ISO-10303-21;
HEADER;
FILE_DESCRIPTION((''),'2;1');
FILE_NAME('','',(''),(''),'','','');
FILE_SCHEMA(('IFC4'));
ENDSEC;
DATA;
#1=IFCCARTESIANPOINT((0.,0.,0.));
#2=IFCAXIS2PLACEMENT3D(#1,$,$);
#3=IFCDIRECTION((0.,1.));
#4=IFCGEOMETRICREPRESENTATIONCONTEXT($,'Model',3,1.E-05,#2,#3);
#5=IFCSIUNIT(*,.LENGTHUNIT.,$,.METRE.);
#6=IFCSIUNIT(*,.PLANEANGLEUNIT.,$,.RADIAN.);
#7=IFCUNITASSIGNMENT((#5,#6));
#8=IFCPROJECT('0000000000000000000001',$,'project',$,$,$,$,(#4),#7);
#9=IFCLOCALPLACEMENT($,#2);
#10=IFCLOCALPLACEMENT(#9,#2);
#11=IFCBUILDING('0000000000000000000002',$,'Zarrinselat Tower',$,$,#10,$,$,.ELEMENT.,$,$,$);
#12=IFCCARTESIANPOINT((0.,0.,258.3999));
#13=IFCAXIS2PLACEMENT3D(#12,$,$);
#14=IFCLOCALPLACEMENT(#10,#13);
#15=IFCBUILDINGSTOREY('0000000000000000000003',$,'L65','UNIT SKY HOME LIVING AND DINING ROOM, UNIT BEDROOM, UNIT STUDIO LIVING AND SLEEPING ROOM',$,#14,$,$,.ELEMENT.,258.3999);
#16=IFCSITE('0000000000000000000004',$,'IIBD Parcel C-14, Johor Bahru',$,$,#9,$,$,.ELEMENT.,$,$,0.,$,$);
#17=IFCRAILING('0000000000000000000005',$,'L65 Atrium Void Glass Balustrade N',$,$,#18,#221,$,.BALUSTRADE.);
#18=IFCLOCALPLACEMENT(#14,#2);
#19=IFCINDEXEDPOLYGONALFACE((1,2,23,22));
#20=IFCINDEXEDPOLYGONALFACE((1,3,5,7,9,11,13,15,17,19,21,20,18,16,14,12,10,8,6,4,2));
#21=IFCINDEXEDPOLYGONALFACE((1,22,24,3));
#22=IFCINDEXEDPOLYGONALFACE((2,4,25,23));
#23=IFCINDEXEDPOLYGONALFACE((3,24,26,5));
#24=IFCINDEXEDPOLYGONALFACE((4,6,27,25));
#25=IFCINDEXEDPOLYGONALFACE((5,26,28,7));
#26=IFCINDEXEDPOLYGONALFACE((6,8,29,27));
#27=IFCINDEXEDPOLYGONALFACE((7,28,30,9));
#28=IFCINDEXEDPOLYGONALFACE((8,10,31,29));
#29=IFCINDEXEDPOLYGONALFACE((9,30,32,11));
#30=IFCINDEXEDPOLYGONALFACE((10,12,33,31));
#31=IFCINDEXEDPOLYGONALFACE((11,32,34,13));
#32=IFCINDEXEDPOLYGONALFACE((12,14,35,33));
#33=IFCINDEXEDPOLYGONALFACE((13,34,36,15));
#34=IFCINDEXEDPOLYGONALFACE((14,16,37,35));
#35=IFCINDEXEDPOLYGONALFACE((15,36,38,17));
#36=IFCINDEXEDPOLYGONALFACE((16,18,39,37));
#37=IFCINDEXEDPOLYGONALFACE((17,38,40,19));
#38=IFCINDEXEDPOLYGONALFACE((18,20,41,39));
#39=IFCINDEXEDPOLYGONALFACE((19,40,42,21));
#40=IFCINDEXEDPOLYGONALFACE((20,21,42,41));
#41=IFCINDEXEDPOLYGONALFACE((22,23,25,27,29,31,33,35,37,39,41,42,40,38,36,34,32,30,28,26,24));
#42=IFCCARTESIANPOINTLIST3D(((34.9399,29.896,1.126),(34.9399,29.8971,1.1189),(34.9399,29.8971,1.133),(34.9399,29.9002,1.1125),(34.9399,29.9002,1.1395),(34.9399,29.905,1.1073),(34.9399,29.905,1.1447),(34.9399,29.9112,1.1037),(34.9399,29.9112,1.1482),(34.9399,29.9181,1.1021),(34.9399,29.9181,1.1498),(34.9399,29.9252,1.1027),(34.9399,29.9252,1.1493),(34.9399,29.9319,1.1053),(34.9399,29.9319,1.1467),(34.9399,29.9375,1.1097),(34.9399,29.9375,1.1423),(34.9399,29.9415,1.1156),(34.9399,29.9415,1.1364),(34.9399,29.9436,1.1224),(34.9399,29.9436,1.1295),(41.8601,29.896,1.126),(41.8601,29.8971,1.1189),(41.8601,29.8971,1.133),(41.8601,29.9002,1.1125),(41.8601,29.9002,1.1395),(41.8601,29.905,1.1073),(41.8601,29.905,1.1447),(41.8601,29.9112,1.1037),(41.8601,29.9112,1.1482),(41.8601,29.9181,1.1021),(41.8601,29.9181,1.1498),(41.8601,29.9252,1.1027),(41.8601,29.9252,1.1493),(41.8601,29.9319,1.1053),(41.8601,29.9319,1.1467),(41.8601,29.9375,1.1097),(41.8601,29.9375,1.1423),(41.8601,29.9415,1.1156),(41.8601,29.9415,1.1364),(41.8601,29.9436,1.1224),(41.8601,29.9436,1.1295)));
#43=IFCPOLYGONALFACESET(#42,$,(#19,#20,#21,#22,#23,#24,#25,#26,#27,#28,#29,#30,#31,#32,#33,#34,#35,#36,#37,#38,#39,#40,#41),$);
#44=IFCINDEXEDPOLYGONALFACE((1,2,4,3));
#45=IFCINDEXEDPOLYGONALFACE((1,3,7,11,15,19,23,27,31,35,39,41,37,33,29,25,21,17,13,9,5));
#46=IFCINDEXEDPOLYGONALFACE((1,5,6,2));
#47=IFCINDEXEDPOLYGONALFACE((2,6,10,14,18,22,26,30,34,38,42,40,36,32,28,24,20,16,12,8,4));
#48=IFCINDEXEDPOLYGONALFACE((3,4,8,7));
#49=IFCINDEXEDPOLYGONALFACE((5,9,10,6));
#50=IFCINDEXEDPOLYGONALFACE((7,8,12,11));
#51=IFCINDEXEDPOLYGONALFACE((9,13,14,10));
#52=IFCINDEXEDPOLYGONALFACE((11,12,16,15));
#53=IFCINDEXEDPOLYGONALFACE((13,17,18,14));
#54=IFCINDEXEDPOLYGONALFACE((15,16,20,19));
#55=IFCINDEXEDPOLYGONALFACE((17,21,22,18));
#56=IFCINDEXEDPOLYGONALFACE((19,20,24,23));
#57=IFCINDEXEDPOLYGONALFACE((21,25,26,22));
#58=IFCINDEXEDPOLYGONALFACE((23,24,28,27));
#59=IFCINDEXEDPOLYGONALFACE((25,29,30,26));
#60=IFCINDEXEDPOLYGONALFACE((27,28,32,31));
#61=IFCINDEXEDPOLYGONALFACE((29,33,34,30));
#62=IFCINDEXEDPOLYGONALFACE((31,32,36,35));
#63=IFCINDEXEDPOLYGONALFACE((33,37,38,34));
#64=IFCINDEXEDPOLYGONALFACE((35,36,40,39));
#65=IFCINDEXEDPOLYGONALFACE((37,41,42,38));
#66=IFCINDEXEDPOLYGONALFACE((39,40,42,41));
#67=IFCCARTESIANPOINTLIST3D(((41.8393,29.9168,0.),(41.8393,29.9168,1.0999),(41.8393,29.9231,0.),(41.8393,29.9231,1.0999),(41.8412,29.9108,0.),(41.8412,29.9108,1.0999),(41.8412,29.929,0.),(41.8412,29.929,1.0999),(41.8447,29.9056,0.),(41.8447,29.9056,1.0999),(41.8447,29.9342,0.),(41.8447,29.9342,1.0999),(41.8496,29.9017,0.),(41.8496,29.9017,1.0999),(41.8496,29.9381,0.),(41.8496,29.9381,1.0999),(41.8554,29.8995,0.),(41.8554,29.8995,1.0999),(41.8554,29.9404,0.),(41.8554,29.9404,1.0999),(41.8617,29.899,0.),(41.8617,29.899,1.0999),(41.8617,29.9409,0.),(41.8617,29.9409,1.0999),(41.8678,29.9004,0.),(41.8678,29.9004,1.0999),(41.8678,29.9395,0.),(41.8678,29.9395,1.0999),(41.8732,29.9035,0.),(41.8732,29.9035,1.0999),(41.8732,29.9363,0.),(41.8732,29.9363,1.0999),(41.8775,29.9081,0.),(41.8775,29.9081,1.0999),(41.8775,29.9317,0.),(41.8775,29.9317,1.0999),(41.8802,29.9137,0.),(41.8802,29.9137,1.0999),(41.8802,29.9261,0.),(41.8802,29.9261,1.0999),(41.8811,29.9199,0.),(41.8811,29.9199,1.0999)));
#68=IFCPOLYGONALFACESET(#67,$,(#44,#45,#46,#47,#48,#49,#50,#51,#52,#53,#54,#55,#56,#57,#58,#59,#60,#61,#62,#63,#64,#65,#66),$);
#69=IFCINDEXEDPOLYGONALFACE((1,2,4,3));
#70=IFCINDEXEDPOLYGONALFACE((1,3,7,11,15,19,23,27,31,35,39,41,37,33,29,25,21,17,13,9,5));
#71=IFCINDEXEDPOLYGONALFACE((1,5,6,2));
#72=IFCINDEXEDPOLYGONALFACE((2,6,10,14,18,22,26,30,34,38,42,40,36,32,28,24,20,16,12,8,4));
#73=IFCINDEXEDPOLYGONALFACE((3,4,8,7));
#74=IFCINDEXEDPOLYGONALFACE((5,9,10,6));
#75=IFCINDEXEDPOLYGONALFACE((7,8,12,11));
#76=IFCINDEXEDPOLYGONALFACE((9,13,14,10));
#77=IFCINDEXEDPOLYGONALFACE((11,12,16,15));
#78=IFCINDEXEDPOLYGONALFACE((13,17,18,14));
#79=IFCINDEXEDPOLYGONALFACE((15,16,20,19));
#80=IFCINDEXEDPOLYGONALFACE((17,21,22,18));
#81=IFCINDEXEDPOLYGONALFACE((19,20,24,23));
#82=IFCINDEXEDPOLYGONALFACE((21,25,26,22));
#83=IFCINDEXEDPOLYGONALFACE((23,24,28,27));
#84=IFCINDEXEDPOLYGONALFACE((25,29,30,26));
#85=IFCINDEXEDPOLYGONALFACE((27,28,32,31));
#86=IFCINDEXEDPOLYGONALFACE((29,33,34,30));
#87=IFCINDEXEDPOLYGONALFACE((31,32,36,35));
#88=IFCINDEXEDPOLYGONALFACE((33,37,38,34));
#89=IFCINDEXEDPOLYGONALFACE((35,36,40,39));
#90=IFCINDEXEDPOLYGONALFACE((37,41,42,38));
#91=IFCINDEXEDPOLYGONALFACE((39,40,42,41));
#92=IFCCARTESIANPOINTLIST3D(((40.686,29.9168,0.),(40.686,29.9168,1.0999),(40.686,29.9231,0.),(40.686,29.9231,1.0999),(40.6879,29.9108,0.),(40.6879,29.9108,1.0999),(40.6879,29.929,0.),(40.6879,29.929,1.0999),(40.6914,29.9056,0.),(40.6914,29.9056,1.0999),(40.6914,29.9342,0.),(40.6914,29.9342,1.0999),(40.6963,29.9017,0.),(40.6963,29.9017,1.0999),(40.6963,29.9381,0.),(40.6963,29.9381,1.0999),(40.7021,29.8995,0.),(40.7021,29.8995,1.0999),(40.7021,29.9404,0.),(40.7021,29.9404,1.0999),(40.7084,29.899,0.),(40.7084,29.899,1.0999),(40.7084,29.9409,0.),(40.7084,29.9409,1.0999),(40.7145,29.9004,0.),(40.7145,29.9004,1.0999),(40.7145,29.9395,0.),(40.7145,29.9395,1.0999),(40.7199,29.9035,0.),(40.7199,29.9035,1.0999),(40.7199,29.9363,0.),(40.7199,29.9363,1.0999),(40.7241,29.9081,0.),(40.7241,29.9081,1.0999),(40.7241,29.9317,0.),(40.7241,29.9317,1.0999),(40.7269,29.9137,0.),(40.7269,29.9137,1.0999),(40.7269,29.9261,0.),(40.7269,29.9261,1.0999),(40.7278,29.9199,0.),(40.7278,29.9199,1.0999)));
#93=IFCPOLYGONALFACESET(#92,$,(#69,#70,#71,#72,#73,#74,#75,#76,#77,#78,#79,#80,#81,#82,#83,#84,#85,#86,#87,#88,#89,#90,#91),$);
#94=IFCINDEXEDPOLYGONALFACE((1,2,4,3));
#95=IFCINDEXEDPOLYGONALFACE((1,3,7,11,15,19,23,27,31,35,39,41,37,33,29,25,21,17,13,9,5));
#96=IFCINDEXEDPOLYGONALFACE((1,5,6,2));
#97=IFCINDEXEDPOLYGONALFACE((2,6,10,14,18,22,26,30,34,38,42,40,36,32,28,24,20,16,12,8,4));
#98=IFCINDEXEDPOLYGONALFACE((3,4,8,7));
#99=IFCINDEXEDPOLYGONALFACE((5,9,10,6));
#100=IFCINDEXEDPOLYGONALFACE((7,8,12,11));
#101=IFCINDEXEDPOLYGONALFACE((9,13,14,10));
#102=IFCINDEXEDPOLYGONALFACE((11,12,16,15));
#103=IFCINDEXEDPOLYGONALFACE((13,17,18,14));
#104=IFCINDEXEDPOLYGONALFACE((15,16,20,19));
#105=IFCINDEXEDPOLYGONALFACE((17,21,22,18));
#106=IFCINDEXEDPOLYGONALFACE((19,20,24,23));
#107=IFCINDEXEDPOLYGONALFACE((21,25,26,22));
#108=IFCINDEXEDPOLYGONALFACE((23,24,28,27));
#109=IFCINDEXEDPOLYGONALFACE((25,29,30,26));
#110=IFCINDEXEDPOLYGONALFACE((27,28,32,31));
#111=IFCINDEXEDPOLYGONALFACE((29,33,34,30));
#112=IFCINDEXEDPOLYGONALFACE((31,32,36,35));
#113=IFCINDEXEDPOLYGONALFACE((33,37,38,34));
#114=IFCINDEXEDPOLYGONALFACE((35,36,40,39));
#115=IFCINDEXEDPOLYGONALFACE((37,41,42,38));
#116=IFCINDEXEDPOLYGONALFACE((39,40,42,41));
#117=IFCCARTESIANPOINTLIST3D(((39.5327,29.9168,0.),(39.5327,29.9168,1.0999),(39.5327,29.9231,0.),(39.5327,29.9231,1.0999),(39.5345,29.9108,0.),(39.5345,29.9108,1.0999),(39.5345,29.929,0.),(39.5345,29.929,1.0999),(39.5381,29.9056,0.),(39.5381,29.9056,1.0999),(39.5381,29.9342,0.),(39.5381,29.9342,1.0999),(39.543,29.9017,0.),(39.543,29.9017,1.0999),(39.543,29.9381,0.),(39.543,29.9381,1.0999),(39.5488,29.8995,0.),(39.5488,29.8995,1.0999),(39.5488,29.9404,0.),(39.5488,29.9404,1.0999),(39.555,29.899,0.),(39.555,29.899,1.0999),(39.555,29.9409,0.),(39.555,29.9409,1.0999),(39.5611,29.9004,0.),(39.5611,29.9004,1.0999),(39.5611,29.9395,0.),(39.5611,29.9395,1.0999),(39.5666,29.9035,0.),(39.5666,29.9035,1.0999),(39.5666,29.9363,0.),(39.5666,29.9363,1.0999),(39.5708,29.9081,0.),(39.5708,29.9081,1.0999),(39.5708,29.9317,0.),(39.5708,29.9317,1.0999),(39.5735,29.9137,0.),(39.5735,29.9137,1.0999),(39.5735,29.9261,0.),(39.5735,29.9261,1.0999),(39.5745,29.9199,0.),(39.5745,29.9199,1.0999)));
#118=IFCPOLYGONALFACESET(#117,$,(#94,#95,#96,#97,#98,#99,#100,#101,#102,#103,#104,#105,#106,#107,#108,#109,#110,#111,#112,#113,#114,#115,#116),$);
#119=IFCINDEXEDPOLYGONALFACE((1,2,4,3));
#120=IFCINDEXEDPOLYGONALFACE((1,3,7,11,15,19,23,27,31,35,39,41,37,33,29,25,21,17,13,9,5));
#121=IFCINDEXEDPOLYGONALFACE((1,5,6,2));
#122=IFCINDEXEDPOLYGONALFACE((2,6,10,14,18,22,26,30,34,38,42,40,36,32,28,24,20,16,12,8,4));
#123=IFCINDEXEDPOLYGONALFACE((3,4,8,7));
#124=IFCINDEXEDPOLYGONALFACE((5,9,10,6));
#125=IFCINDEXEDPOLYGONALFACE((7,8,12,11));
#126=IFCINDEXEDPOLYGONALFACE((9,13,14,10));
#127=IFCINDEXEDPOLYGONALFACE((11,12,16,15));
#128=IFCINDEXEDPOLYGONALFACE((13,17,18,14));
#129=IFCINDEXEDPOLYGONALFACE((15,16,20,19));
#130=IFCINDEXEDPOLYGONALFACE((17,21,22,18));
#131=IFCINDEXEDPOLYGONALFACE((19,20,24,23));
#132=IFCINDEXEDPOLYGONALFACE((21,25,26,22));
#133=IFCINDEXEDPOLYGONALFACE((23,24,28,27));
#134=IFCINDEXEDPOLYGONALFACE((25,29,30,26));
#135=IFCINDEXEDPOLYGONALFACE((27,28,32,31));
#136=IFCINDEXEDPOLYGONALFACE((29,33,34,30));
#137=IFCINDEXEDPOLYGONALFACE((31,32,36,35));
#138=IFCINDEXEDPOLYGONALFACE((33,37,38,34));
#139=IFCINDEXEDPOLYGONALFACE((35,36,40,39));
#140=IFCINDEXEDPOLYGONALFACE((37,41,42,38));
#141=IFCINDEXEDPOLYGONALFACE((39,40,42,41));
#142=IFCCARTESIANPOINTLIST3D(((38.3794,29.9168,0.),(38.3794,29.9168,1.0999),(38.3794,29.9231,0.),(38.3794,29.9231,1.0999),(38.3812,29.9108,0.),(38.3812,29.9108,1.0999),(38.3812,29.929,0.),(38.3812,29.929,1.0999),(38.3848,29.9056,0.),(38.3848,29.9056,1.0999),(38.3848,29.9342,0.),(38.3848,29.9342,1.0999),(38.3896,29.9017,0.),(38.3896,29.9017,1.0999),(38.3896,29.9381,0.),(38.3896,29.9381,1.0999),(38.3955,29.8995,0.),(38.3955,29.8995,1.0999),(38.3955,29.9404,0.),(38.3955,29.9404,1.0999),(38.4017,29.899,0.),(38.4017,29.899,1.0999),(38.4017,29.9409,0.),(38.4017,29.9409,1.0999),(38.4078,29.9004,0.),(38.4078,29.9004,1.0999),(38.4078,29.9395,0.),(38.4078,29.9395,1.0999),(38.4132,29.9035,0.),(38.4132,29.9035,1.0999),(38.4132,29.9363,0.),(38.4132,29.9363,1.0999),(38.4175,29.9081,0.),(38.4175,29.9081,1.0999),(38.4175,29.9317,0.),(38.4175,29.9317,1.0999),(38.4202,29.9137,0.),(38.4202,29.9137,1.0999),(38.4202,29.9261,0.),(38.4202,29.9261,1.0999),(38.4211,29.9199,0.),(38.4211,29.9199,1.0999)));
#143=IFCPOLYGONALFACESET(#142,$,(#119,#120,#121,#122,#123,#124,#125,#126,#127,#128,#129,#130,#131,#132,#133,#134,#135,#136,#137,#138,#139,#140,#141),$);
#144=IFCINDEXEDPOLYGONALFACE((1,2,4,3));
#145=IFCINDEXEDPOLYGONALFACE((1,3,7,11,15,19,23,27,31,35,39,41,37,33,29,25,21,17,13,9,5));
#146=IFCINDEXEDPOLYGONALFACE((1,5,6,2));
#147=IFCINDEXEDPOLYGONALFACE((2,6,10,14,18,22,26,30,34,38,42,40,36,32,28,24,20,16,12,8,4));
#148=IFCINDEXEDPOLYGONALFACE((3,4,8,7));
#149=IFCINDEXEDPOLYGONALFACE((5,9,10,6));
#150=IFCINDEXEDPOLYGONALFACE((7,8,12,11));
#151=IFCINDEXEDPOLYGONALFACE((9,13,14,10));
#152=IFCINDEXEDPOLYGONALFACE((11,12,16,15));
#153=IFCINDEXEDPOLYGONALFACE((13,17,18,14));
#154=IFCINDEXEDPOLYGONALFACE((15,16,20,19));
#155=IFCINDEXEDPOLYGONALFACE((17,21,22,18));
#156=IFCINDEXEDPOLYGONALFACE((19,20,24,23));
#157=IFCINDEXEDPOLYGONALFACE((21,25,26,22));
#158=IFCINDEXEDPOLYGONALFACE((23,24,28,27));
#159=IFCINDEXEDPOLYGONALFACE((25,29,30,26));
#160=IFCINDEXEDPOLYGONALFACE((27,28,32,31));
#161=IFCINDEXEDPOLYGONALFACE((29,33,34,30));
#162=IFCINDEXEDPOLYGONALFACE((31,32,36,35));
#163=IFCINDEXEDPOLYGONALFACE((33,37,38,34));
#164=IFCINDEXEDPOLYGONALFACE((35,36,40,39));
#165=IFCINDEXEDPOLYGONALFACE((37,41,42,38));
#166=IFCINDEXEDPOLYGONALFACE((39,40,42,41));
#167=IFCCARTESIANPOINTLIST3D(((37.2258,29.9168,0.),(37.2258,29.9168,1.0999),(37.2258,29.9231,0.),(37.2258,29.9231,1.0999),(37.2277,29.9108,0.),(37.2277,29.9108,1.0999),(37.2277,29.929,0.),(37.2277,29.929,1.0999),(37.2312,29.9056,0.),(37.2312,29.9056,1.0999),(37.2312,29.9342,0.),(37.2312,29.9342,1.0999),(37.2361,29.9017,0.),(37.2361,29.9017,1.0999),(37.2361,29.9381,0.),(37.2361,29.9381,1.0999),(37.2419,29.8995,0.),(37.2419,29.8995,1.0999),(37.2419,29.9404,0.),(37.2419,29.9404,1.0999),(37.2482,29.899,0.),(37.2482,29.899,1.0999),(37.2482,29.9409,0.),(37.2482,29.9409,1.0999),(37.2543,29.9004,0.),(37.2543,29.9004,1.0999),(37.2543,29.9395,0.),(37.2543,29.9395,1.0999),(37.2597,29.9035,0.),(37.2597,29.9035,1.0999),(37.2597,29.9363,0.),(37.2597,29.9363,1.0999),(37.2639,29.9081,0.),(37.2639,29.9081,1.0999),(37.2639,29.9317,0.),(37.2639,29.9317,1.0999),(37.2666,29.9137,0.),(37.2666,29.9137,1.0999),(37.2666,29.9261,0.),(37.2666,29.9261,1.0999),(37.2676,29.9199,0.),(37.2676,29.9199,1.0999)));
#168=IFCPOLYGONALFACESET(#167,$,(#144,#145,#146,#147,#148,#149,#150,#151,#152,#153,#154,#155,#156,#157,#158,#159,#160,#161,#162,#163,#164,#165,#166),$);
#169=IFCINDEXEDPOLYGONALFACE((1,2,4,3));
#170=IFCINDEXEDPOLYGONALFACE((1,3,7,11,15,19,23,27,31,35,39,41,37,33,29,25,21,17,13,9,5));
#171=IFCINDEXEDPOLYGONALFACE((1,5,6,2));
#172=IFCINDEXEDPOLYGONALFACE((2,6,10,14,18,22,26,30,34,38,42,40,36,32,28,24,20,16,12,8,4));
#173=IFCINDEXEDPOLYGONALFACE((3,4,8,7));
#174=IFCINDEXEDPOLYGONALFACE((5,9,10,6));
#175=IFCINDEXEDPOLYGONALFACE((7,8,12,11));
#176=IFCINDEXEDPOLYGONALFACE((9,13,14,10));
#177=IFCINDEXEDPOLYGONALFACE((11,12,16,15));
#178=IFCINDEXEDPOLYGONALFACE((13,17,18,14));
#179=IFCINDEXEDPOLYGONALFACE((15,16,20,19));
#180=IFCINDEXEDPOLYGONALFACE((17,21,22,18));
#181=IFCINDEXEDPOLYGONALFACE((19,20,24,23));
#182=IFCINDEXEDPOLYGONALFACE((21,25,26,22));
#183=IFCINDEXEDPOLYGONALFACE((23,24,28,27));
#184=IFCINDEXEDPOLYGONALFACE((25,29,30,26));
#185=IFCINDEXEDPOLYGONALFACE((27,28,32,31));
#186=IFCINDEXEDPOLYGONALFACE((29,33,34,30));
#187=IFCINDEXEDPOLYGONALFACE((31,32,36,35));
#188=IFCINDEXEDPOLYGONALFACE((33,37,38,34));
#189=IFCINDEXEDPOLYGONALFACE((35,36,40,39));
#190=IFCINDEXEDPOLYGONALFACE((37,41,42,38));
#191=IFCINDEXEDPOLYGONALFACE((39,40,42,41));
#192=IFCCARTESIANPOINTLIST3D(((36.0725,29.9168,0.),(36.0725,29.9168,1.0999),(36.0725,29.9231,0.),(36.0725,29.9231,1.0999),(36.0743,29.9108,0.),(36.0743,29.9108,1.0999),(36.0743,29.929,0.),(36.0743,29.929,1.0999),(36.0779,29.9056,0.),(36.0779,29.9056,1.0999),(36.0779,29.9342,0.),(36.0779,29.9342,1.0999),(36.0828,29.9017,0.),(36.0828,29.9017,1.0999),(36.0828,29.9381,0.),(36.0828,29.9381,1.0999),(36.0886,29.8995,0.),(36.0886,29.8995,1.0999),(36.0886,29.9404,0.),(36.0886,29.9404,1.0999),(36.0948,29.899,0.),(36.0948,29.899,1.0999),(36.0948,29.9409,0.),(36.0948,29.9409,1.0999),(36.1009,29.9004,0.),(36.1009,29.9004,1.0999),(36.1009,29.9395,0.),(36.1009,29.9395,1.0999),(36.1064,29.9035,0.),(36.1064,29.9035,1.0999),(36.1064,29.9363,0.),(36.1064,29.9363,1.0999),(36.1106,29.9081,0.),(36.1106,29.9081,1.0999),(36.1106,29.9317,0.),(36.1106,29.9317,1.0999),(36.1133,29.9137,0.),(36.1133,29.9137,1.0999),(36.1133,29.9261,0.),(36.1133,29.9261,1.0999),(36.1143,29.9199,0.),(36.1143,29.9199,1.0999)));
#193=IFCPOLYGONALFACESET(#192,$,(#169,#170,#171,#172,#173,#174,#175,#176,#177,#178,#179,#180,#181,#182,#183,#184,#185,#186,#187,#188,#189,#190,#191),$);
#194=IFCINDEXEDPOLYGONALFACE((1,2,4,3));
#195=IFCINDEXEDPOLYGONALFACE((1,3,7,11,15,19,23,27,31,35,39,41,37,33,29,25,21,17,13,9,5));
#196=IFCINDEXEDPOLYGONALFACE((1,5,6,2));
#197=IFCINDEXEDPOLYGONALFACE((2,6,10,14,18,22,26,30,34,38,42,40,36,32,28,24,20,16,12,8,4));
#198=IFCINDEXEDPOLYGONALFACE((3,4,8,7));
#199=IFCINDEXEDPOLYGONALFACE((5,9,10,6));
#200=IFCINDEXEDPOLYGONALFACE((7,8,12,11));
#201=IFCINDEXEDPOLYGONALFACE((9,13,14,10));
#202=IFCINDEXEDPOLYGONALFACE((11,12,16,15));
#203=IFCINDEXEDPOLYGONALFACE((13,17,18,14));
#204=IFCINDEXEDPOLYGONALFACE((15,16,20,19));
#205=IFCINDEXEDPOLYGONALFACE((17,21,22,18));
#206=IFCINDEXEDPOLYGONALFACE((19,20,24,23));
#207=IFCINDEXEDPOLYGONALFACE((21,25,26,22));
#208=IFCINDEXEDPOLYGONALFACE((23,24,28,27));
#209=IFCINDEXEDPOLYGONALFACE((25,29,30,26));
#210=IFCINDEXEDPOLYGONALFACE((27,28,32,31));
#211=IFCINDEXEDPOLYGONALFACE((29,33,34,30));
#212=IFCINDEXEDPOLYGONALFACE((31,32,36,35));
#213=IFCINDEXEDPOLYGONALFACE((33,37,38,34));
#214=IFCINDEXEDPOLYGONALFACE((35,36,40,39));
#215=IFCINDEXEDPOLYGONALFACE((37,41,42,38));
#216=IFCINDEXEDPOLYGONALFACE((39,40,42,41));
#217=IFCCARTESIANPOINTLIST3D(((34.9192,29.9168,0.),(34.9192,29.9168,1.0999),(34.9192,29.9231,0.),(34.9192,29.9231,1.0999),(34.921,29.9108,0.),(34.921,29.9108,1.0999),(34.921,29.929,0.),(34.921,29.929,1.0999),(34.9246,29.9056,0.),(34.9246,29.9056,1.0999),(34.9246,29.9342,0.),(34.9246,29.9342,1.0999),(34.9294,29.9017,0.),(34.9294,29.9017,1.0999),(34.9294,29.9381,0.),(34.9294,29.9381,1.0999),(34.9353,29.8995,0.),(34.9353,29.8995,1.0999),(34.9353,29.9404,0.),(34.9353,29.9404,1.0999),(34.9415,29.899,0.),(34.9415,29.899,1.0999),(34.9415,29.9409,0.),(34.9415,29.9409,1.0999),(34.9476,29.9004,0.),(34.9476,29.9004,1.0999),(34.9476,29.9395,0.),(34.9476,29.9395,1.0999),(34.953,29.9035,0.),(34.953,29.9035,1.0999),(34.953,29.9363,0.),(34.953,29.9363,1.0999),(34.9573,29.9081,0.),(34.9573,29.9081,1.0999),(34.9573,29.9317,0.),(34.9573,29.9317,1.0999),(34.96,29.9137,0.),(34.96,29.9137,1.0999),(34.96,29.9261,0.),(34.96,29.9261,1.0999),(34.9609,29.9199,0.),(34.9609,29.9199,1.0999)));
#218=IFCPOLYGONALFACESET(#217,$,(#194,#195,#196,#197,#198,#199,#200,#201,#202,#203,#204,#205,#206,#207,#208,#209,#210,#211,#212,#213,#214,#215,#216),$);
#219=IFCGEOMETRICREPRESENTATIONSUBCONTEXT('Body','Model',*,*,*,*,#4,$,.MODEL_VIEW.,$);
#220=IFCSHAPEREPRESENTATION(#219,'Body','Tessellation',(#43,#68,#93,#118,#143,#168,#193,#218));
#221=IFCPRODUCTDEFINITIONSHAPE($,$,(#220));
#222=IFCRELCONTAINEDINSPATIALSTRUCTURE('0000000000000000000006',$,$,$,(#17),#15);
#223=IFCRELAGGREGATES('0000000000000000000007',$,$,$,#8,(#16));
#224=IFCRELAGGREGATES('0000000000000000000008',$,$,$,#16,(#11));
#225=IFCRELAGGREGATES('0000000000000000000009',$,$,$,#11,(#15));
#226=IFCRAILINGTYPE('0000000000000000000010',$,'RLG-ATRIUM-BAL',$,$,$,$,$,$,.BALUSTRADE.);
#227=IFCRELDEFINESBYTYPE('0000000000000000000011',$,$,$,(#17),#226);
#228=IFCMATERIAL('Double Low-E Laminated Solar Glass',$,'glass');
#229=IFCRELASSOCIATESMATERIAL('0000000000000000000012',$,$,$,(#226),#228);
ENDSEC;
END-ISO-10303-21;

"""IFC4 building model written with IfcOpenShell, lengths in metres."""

from ifc_helpers import new_model, si_unit, direction, frame, origin, origin_2d, place, context, subcontext, project, spatial, circle, extrude, material, type_object, element, save


model = new_model("IFC4")

# Units and contexts
model_context = context("Model", 3, precision=1e-05, world=origin(), true_north=direction((0.0, 1.0)))
body_context = subcontext(model_context, "Body", "Model", "MODEL_VIEW")
ifc_project = project(units=[si_unit("LENGTHUNIT", "METRE"), si_unit("PLANEANGLEUNIT", "RADIAN")], contexts=[model_context])

# Site, building, storey
site_placement = place(None, origin())
site = spatial("IfcSite", under=ifc_project, at=site_placement, Name="IIBD Parcel C-14, Johor Bahru", CompositionType="ELEMENT", RefElevation=0.0)
building_placement = place(site_placement, origin())
building = spatial("IfcBuilding", under=site, at=building_placement, Name="Zarrinselat Tower", CompositionType="ELEMENT")
storey_placement = place(building_placement, frame((0.0, 0.0, 258.3999)))
storey = spatial("IfcBuildingStorey", under=building, at=storey_placement, Name="L65", Description="UNIT SKY HOME LIVING AND DINING ROOM, UNIT BEDROOM, UNIT STUDIO LIVING AND SLEEPING ROOM", CompositionType="ELEMENT", Elevation=258.3999)

# Railing
ifc_material_1 = material(Name="Double Low-E Laminated Solar Glass", Category="glass")
railing_type = type_object("IfcRailingType", Name="RLG-ATRIUM-BAL", PredefinedType="BALUSTRADE", material=ifc_material_1)
railing_1_placement = place(storey_placement, frame((41.8601, 29.9199, 0.0)))
element("IfcRailing", 1, at=railing_1_placement, inside=storey, type_object=railing_type, Name="L65 Atrium Void Glass Balustrade N", PredefinedType="BALUSTRADE", context=body_context, shape_type="SweptSolid", body=[
    extrude(circle(Radius=0.0239, at=origin_2d()), frame((0.0, 0.0, 1.126), z_axis=(-1.0, 0.0, 0.0), x_axis=(0.0, -1.0, 0.0)), (0.0, 0.0, 1.0), 6.9202),
    extrude(circle(Radius=0.021, at=origin_2d()), origin(), (0.0, 0.0, 1.0), 1.0999),
    extrude(circle(Radius=0.021, at=origin_2d()), frame((-1.1533, 0.0, 0.0)), (0.0, 0.0, 1.0), 1.0999),
    extrude(circle(Radius=0.021, at=origin_2d()), frame((-2.3066, 0.0, 0.0)), (0.0, 0.0, 1.0), 1.0999),
    extrude(circle(Radius=0.021, at=origin_2d()), frame((-3.46, 0.0, 0.0)), (0.0, 0.0, 1.0), 1.0999),
    extrude(circle(Radius=0.021, at=origin_2d()), frame((-4.6135, 0.0, 0.0)), (0.0, 0.0, 1.0), 1.0999),
    extrude(circle(Radius=0.021, at=origin_2d()), frame((-5.7668, 0.0, 0.0)), (0.0, 0.0, 1.0), 1.0999),
    extrude(circle(Radius=0.021, at=origin_2d()), frame((-6.9202, 0.0, 0.0)), (0.0, 0.0, 1.0), 1.0999),
])

save(model, "model.ifc")
